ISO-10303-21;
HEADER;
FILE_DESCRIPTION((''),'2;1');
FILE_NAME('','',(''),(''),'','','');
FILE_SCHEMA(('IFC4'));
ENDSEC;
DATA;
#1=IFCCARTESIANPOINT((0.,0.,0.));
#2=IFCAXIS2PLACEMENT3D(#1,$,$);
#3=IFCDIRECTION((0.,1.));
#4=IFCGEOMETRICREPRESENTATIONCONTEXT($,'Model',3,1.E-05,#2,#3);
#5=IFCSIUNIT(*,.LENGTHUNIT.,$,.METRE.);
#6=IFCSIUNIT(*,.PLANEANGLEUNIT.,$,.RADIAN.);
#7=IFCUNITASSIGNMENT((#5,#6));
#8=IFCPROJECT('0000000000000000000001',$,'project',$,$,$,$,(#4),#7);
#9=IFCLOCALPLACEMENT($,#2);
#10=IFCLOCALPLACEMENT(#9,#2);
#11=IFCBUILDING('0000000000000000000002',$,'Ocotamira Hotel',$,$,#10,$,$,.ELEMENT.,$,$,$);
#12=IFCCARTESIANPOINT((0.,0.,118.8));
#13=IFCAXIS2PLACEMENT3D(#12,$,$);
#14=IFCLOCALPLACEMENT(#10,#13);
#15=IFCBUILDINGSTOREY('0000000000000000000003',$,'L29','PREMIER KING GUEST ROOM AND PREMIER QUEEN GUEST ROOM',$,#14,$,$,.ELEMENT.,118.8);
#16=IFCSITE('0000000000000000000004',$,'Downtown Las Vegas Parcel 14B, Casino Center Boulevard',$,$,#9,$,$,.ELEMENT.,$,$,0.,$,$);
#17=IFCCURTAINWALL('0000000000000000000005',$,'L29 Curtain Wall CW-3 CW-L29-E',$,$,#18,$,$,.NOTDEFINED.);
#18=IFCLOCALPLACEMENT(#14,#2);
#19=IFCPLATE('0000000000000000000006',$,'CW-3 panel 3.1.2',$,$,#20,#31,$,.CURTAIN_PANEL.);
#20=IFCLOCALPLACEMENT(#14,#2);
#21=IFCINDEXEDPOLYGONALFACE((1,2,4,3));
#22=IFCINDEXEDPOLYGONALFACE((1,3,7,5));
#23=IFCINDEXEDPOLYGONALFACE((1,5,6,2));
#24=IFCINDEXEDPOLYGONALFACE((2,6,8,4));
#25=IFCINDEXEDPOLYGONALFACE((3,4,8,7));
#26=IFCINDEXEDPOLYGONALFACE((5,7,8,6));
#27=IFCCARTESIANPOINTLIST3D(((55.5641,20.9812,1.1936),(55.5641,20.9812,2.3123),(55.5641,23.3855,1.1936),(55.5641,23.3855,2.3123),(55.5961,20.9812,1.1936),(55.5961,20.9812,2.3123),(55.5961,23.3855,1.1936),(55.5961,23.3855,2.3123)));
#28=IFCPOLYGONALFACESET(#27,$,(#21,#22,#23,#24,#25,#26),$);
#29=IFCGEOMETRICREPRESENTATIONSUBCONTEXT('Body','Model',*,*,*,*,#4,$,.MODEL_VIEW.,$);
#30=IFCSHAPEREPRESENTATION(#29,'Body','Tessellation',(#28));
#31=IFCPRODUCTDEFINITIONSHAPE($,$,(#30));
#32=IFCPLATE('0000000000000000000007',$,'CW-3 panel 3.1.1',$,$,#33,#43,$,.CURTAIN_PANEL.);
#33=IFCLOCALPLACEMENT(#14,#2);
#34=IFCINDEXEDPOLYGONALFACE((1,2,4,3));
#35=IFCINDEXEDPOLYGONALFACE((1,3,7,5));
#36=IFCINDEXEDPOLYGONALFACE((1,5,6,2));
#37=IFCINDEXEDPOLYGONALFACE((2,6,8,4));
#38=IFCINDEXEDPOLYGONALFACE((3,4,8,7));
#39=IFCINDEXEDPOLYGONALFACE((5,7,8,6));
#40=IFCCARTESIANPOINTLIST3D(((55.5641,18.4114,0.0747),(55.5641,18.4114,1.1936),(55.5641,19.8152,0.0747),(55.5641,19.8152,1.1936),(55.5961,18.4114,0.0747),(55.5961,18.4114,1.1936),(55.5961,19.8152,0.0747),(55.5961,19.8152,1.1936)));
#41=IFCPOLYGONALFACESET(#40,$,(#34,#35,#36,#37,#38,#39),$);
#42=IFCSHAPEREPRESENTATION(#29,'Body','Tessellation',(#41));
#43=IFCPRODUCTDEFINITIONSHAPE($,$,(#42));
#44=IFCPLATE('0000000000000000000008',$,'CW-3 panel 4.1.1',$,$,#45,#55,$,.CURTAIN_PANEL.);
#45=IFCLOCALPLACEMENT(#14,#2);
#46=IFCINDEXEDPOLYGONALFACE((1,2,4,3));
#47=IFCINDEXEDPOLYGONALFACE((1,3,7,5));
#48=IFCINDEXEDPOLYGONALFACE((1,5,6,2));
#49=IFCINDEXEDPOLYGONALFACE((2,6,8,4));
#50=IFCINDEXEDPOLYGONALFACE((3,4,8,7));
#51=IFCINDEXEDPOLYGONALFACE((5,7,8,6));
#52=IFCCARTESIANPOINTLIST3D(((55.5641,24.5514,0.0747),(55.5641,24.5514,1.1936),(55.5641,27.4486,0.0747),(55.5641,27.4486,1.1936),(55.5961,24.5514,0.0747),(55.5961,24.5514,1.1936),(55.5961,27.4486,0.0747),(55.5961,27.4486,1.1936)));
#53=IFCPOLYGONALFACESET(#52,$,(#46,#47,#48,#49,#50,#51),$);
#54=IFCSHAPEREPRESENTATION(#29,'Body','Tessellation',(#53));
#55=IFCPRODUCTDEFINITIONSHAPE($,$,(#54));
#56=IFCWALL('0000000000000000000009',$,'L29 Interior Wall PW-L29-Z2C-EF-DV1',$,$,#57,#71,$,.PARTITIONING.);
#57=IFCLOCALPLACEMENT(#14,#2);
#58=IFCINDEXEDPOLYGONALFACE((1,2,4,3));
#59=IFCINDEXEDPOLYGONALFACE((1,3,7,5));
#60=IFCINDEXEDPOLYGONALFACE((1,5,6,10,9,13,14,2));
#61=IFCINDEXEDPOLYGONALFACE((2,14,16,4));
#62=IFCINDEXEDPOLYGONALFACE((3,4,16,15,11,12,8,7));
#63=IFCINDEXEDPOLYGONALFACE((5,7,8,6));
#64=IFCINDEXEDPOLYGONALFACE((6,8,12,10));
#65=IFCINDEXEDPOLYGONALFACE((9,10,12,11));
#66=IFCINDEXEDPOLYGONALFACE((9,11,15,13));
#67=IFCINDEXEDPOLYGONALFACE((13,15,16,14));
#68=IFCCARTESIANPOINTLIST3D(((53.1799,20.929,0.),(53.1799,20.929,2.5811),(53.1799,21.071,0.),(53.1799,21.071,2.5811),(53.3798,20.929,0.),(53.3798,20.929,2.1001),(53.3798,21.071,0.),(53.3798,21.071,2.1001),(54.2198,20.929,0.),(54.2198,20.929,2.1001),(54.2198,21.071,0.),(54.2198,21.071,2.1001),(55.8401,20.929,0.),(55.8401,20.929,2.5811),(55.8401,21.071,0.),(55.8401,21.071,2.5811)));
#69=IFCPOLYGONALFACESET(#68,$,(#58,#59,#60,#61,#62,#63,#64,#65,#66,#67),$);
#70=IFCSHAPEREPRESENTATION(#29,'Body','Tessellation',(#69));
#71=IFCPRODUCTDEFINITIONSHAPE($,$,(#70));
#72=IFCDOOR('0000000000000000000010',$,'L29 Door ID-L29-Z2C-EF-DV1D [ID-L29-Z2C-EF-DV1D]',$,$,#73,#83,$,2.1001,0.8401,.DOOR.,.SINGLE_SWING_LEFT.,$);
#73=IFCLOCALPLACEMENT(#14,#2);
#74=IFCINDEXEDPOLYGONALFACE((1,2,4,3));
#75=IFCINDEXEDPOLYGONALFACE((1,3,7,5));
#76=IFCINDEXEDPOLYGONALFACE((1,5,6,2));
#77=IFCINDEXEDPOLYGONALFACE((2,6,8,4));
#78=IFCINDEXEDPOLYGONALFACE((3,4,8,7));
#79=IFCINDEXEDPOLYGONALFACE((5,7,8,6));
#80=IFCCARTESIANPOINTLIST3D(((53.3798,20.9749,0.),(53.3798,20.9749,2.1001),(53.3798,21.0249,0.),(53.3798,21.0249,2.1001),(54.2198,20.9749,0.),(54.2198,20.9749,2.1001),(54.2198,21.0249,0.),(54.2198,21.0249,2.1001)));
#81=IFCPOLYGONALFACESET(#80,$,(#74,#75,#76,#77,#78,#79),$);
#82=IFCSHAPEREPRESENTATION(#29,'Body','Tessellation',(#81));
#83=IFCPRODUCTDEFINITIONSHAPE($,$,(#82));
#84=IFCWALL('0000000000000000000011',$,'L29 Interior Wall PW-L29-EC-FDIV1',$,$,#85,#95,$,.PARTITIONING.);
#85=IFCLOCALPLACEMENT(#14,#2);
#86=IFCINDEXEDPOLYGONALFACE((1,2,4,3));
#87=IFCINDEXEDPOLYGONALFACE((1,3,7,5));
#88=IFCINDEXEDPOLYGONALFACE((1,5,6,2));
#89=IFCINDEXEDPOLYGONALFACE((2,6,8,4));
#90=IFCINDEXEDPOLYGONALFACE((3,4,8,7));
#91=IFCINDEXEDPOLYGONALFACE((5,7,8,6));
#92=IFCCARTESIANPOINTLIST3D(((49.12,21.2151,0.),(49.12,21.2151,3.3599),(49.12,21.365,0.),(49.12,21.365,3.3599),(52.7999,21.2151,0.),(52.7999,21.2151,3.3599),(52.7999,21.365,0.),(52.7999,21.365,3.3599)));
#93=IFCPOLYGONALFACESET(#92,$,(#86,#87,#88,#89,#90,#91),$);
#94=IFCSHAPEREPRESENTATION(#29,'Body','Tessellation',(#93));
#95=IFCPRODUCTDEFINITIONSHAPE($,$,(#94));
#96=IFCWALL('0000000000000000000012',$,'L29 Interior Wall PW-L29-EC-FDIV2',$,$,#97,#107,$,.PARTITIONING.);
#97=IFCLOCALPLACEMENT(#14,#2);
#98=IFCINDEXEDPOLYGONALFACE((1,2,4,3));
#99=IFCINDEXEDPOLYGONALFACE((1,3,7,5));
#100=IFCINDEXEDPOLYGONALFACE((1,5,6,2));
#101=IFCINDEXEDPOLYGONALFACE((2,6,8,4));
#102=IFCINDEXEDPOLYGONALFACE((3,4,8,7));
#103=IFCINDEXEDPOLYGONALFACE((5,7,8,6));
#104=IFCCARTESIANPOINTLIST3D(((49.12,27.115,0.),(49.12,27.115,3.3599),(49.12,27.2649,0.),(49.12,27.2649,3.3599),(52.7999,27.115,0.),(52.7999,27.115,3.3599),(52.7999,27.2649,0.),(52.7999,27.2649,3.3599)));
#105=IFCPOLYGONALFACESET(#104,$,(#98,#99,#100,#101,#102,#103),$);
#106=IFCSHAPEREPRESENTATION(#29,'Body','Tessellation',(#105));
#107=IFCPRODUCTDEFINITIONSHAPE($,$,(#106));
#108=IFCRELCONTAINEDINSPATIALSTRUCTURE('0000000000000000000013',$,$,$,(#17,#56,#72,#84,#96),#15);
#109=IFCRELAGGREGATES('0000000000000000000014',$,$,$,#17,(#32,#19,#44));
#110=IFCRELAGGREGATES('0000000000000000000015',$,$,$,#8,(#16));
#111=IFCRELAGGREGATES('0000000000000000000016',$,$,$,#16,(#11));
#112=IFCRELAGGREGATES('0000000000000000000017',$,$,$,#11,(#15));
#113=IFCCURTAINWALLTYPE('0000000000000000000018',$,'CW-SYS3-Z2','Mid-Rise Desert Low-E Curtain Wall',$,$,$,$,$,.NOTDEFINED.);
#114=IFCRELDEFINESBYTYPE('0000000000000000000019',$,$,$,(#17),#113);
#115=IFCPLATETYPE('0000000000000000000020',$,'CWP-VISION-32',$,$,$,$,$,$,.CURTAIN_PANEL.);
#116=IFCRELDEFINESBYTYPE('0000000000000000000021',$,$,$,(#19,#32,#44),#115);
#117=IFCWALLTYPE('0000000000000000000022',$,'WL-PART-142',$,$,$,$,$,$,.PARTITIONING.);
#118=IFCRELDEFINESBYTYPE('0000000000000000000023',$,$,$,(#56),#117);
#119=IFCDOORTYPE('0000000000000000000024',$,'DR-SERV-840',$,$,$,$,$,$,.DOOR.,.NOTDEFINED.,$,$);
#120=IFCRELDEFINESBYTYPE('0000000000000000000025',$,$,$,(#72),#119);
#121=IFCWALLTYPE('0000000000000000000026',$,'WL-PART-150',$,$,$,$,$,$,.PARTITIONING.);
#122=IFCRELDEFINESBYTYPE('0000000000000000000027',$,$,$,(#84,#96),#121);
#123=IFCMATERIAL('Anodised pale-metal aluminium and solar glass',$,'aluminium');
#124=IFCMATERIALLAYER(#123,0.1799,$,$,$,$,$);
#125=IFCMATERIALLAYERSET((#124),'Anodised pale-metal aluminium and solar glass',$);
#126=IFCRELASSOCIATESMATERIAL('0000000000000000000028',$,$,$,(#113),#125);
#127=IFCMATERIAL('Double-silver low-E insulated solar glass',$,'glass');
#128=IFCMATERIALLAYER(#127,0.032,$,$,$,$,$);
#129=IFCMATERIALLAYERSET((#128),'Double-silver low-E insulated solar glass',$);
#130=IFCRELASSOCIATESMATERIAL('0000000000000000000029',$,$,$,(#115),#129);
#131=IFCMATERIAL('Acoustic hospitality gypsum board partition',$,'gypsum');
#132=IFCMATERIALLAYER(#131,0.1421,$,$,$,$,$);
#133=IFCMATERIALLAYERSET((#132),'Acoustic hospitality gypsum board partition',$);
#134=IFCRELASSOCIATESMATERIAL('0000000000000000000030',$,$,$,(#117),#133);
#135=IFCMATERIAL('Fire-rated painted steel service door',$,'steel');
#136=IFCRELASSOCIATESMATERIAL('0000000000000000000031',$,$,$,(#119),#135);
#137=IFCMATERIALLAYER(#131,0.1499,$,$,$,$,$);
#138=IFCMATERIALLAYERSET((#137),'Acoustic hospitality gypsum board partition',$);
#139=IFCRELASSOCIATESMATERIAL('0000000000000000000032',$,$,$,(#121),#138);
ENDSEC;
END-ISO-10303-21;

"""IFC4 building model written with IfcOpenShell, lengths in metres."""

from ifc_helpers import new_model, si_unit, direction, frame, frame_2d, origin, origin_2d, place, context, subcontext, project, spatial, rectangle, extrude, source, transform, mapped, material, layer, layer_set, type_object, element, fill, aggregate, save


model = new_model("IFC4")

# Units and contexts
model_context = context("Model", 3, precision=1e-05, world=origin(), true_north=direction((0.0, 1.0)))
body_context = subcontext(model_context, "Body", "Model", "MODEL_VIEW")
ifc_project = project(units=[si_unit("LENGTHUNIT", "METRE"), si_unit("PLANEANGLEUNIT", "RADIAN")], contexts=[model_context])

# Site, building, storey
site_placement = place(None, origin())
site = spatial("IfcSite", under=ifc_project, at=site_placement, Name="Downtown Las Vegas Parcel 14B, Casino Center Boulevard", CompositionType="ELEMENT", RefElevation=0.0)
building_placement = place(site_placement, origin())
building = spatial("IfcBuilding", under=site, at=building_placement, Name="Ocotamira Hotel", CompositionType="ELEMENT")
storey_placement = place(building_placement, frame((0.0, 0.0, 118.8)))
storey = spatial("IfcBuildingStorey", under=building, at=storey_placement, Name="L29", Description="PREMIER KING GUEST ROOM AND PREMIER QUEEN GUEST ROOM", CompositionType="ELEMENT", Elevation=118.8)

# Curtain wall
ifc_material_1 = material(Name="Anodised pale-metal aluminium and solar glass", Category="aluminium")
ifc_layer_1 = layer(ifc_material_1, 0.1799)
ifc_layer_set_1 = layer_set([ifc_layer_1], Name="Anodised pale-metal aluminium and solar glass")
curtain_wall_type = type_object("IfcCurtainWallType", Name="CW-SYS3-Z2", Description="Mid-Rise Desert Low-E Curtain Wall", PredefinedType="NOTDEFINED", material=ifc_layer_set_1)
curtain_wall_placement = place(storey_placement, origin())
curtain_wall = element("IfcCurtainWall", 1, at=curtain_wall_placement, inside=storey, type_object=curtain_wall_type, Name="L29 Curtain Wall CW-3 CW-L29-E", PredefinedType="NOTDEFINED")

# Plates
ifc_material_2 = material(Name="Double-silver low-E insulated solar glass", Category="glass")
ifc_layer_2 = layer(ifc_material_2, 0.032)
ifc_layer_set_2 = layer_set([ifc_layer_2], Name="Double-silver low-E insulated solar glass")
plate_type_1 = type_object("IfcPlateType", Name="CWP-VISION-32", PredefinedType="CURTAIN_PANEL", material=ifc_layer_set_2)
shared_shape_1 = source(origin(), body_context, "Body", "SweptSolid", [
    extrude(rectangle(XDim=2.4043, YDim=0.032, at=origin_2d()), origin(), (0.0, 0.0, 1.0), 1.1187),
])
plate_1_placement = place(storey_placement, frame((55.5801, 22.1833, 1.1936), z_axis=(0.0, 0.0, 1.0), x_axis=(0.0, 1.0, 0.0)))
plate_1 = element("IfcPlate", 2, at=plate_1_placement, type_object=plate_type_1, Name="CW-3 panel 3.1.2", PredefinedType="CURTAIN_PANEL", context=body_context, shape_type="MappedRepresentation", body=[
    mapped(shared_shape_1, transform((0.0, 0.0, 0.0), scale=1.0)),
])
shared_shape_2 = source(origin(), body_context, "Body", "SweptSolid", [
    extrude(rectangle(XDim=1.4038, YDim=0.032, at=origin_2d()), origin(), (0.0, 0.0, 1.0), 1.1189),
])
plate_2_placement = place(storey_placement, frame((55.5801, 19.1133, 0.0747), z_axis=(0.0, 0.0, 1.0), x_axis=(0.0, 1.0, 0.0)))
plate_2 = element("IfcPlate", 3, at=plate_2_placement, type_object=plate_type_1, Name="CW-3 panel 3.1.1", PredefinedType="CURTAIN_PANEL", context=body_context, shape_type="MappedRepresentation", body=[
    mapped(shared_shape_2, transform((0.0, 0.0, 0.0), scale=1.0)),
])
shared_shape_3 = source(origin(), body_context, "Body", "SweptSolid", [
    extrude(rectangle(XDim=2.8972, YDim=0.032, at=origin_2d()), origin(), (0.0, 0.0, 1.0), 1.1189),
])
plate_3_placement = place(storey_placement, frame((55.5801, 26.0, 0.0747), z_axis=(0.0, 0.0, 1.0), x_axis=(0.0, 1.0, 0.0)))
plate_3 = element("IfcPlate", 4, at=plate_3_placement, type_object=plate_type_1, Name="CW-3 panel 4.1.1", PredefinedType="CURTAIN_PANEL", context=body_context, shape_type="MappedRepresentation", body=[
    mapped(shared_shape_3, transform((0.0, 0.0, 0.0), scale=1.0)),
])
aggregate(curtain_wall, [plate_2, plate_1, plate_3])

# Wall, opening, door
ifc_material_3 = material(Name="Acoustic hospitality gypsum board partition", Category="gypsum")
ifc_layer_3 = layer(ifc_material_3, 0.1421)
ifc_layer_set_3 = layer_set([ifc_layer_3], Name="Acoustic hospitality gypsum board partition")
wall_type_1 = type_object("IfcWallType", Name="WL-PART-142", PredefinedType="PARTITIONING", material=ifc_layer_set_3)
wall_placement = place(storey_placement, frame((53.1799, 21.0, 0.0), z_axis=(0.0, 0.0, 1.0), x_axis=(1.0, 0.0, 0.0)))
wall = element("IfcWall", 5, at=wall_placement, inside=storey, type_object=wall_type_1, Name="L29 Interior Wall PW-L29-Z2C-EF-DV1", PredefinedType="PARTITIONING", context=body_context, shape_type="SweptSolid", body=[
    extrude(rectangle(XDim=2.6602, YDim=0.1421, at=frame_2d((1.3301, 0.0))), origin(), (0.0, 0.0, 1.0), 2.5811),
])
opening_placement = place(wall_placement, frame((0.2, 0.0, 0.0)))
opening = element("IfcOpeningElement", 6, at=opening_placement, cuts=wall, PredefinedType="OPENING", context=body_context, shape_type="SweptSolid", body=[
    extrude(rectangle(XDim=0.8401, YDim=2.1001, at=frame_2d((0.4199, 1.05))), frame((0.0, 0.0811, 0.0), z_axis=(0.0, -1.0, 0.0), x_axis=(1.0, 0.0, 0.0)), (0.0, 0.0, 1.0), 0.1621),
])
ifc_material_4 = material(Name="Fire-rated painted steel service door", Category="steel")
door_type = type_object("IfcDoorType", Name="DR-SERV-840", OperationType="NOTDEFINED", PredefinedType="DOOR", material=ifc_material_4)
shared_shape_4 = source(origin(), body_context, "Body", "SweptSolid", [
    extrude(rectangle(XDim=0.8401, YDim=2.1001, at=frame_2d((0.4199, 1.05))), frame((0.0, 0.0249, 0.0), z_axis=(0.0, -1.0, 0.0), x_axis=(1.0, 0.0, 0.0)), (0.0, 0.0, 1.0), 0.05),
])
door_placement = place(opening_placement, origin())
door = element("IfcDoor", 7, at=door_placement, inside=storey, type_object=door_type, Name="L29 Door ID-L29-Z2C-EF-DV1D [ID-L29-Z2C-EF-DV1D]", OperationType="SINGLE_SWING_LEFT", OverallHeight=2.1001, OverallWidth=0.8401, PredefinedType="DOOR", context=body_context, shape_type="MappedRepresentation", body=[
    mapped(shared_shape_4, transform((0.0, 0.0, 0.0), scale=1.0)),
])
fill(opening, door)

# Walls
ifc_layer_4 = layer(ifc_material_3, 0.1499)
ifc_layer_set_4 = layer_set([ifc_layer_4], Name="Acoustic hospitality gypsum board partition")
wall_type_2 = type_object("IfcWallType", Name="WL-PART-150", PredefinedType="PARTITIONING", material=ifc_layer_set_4)
for number, where, z_axis, x_axis, name in (
    (8, (49.1201, 21.29, 0.0), (0.0, 0.0, 1.0), (1.0, 0.0, 0.0), "L29 Interior Wall PW-L29-EC-FDIV1"),
    (9, (49.1201, 27.1899, 0.0), (0.0, 0.0, 1.0), (1.0, 0.0, 0.0), "L29 Interior Wall PW-L29-EC-FDIV2"),
):
    element("IfcWall", number, at=place(storey_placement, frame(where, z_axis=z_axis, x_axis=x_axis)), inside=storey, type_object=wall_type_2, Name=name, PredefinedType="PARTITIONING", context=body_context, shape_type="SweptSolid", body=[
        extrude(rectangle(XDim=3.6799, YDim=0.1499, at=frame_2d((1.8398, 0.0))), origin(), (0.0, 0.0, 1.0), 3.3599),
    ])

save(model, "model.ifc")
